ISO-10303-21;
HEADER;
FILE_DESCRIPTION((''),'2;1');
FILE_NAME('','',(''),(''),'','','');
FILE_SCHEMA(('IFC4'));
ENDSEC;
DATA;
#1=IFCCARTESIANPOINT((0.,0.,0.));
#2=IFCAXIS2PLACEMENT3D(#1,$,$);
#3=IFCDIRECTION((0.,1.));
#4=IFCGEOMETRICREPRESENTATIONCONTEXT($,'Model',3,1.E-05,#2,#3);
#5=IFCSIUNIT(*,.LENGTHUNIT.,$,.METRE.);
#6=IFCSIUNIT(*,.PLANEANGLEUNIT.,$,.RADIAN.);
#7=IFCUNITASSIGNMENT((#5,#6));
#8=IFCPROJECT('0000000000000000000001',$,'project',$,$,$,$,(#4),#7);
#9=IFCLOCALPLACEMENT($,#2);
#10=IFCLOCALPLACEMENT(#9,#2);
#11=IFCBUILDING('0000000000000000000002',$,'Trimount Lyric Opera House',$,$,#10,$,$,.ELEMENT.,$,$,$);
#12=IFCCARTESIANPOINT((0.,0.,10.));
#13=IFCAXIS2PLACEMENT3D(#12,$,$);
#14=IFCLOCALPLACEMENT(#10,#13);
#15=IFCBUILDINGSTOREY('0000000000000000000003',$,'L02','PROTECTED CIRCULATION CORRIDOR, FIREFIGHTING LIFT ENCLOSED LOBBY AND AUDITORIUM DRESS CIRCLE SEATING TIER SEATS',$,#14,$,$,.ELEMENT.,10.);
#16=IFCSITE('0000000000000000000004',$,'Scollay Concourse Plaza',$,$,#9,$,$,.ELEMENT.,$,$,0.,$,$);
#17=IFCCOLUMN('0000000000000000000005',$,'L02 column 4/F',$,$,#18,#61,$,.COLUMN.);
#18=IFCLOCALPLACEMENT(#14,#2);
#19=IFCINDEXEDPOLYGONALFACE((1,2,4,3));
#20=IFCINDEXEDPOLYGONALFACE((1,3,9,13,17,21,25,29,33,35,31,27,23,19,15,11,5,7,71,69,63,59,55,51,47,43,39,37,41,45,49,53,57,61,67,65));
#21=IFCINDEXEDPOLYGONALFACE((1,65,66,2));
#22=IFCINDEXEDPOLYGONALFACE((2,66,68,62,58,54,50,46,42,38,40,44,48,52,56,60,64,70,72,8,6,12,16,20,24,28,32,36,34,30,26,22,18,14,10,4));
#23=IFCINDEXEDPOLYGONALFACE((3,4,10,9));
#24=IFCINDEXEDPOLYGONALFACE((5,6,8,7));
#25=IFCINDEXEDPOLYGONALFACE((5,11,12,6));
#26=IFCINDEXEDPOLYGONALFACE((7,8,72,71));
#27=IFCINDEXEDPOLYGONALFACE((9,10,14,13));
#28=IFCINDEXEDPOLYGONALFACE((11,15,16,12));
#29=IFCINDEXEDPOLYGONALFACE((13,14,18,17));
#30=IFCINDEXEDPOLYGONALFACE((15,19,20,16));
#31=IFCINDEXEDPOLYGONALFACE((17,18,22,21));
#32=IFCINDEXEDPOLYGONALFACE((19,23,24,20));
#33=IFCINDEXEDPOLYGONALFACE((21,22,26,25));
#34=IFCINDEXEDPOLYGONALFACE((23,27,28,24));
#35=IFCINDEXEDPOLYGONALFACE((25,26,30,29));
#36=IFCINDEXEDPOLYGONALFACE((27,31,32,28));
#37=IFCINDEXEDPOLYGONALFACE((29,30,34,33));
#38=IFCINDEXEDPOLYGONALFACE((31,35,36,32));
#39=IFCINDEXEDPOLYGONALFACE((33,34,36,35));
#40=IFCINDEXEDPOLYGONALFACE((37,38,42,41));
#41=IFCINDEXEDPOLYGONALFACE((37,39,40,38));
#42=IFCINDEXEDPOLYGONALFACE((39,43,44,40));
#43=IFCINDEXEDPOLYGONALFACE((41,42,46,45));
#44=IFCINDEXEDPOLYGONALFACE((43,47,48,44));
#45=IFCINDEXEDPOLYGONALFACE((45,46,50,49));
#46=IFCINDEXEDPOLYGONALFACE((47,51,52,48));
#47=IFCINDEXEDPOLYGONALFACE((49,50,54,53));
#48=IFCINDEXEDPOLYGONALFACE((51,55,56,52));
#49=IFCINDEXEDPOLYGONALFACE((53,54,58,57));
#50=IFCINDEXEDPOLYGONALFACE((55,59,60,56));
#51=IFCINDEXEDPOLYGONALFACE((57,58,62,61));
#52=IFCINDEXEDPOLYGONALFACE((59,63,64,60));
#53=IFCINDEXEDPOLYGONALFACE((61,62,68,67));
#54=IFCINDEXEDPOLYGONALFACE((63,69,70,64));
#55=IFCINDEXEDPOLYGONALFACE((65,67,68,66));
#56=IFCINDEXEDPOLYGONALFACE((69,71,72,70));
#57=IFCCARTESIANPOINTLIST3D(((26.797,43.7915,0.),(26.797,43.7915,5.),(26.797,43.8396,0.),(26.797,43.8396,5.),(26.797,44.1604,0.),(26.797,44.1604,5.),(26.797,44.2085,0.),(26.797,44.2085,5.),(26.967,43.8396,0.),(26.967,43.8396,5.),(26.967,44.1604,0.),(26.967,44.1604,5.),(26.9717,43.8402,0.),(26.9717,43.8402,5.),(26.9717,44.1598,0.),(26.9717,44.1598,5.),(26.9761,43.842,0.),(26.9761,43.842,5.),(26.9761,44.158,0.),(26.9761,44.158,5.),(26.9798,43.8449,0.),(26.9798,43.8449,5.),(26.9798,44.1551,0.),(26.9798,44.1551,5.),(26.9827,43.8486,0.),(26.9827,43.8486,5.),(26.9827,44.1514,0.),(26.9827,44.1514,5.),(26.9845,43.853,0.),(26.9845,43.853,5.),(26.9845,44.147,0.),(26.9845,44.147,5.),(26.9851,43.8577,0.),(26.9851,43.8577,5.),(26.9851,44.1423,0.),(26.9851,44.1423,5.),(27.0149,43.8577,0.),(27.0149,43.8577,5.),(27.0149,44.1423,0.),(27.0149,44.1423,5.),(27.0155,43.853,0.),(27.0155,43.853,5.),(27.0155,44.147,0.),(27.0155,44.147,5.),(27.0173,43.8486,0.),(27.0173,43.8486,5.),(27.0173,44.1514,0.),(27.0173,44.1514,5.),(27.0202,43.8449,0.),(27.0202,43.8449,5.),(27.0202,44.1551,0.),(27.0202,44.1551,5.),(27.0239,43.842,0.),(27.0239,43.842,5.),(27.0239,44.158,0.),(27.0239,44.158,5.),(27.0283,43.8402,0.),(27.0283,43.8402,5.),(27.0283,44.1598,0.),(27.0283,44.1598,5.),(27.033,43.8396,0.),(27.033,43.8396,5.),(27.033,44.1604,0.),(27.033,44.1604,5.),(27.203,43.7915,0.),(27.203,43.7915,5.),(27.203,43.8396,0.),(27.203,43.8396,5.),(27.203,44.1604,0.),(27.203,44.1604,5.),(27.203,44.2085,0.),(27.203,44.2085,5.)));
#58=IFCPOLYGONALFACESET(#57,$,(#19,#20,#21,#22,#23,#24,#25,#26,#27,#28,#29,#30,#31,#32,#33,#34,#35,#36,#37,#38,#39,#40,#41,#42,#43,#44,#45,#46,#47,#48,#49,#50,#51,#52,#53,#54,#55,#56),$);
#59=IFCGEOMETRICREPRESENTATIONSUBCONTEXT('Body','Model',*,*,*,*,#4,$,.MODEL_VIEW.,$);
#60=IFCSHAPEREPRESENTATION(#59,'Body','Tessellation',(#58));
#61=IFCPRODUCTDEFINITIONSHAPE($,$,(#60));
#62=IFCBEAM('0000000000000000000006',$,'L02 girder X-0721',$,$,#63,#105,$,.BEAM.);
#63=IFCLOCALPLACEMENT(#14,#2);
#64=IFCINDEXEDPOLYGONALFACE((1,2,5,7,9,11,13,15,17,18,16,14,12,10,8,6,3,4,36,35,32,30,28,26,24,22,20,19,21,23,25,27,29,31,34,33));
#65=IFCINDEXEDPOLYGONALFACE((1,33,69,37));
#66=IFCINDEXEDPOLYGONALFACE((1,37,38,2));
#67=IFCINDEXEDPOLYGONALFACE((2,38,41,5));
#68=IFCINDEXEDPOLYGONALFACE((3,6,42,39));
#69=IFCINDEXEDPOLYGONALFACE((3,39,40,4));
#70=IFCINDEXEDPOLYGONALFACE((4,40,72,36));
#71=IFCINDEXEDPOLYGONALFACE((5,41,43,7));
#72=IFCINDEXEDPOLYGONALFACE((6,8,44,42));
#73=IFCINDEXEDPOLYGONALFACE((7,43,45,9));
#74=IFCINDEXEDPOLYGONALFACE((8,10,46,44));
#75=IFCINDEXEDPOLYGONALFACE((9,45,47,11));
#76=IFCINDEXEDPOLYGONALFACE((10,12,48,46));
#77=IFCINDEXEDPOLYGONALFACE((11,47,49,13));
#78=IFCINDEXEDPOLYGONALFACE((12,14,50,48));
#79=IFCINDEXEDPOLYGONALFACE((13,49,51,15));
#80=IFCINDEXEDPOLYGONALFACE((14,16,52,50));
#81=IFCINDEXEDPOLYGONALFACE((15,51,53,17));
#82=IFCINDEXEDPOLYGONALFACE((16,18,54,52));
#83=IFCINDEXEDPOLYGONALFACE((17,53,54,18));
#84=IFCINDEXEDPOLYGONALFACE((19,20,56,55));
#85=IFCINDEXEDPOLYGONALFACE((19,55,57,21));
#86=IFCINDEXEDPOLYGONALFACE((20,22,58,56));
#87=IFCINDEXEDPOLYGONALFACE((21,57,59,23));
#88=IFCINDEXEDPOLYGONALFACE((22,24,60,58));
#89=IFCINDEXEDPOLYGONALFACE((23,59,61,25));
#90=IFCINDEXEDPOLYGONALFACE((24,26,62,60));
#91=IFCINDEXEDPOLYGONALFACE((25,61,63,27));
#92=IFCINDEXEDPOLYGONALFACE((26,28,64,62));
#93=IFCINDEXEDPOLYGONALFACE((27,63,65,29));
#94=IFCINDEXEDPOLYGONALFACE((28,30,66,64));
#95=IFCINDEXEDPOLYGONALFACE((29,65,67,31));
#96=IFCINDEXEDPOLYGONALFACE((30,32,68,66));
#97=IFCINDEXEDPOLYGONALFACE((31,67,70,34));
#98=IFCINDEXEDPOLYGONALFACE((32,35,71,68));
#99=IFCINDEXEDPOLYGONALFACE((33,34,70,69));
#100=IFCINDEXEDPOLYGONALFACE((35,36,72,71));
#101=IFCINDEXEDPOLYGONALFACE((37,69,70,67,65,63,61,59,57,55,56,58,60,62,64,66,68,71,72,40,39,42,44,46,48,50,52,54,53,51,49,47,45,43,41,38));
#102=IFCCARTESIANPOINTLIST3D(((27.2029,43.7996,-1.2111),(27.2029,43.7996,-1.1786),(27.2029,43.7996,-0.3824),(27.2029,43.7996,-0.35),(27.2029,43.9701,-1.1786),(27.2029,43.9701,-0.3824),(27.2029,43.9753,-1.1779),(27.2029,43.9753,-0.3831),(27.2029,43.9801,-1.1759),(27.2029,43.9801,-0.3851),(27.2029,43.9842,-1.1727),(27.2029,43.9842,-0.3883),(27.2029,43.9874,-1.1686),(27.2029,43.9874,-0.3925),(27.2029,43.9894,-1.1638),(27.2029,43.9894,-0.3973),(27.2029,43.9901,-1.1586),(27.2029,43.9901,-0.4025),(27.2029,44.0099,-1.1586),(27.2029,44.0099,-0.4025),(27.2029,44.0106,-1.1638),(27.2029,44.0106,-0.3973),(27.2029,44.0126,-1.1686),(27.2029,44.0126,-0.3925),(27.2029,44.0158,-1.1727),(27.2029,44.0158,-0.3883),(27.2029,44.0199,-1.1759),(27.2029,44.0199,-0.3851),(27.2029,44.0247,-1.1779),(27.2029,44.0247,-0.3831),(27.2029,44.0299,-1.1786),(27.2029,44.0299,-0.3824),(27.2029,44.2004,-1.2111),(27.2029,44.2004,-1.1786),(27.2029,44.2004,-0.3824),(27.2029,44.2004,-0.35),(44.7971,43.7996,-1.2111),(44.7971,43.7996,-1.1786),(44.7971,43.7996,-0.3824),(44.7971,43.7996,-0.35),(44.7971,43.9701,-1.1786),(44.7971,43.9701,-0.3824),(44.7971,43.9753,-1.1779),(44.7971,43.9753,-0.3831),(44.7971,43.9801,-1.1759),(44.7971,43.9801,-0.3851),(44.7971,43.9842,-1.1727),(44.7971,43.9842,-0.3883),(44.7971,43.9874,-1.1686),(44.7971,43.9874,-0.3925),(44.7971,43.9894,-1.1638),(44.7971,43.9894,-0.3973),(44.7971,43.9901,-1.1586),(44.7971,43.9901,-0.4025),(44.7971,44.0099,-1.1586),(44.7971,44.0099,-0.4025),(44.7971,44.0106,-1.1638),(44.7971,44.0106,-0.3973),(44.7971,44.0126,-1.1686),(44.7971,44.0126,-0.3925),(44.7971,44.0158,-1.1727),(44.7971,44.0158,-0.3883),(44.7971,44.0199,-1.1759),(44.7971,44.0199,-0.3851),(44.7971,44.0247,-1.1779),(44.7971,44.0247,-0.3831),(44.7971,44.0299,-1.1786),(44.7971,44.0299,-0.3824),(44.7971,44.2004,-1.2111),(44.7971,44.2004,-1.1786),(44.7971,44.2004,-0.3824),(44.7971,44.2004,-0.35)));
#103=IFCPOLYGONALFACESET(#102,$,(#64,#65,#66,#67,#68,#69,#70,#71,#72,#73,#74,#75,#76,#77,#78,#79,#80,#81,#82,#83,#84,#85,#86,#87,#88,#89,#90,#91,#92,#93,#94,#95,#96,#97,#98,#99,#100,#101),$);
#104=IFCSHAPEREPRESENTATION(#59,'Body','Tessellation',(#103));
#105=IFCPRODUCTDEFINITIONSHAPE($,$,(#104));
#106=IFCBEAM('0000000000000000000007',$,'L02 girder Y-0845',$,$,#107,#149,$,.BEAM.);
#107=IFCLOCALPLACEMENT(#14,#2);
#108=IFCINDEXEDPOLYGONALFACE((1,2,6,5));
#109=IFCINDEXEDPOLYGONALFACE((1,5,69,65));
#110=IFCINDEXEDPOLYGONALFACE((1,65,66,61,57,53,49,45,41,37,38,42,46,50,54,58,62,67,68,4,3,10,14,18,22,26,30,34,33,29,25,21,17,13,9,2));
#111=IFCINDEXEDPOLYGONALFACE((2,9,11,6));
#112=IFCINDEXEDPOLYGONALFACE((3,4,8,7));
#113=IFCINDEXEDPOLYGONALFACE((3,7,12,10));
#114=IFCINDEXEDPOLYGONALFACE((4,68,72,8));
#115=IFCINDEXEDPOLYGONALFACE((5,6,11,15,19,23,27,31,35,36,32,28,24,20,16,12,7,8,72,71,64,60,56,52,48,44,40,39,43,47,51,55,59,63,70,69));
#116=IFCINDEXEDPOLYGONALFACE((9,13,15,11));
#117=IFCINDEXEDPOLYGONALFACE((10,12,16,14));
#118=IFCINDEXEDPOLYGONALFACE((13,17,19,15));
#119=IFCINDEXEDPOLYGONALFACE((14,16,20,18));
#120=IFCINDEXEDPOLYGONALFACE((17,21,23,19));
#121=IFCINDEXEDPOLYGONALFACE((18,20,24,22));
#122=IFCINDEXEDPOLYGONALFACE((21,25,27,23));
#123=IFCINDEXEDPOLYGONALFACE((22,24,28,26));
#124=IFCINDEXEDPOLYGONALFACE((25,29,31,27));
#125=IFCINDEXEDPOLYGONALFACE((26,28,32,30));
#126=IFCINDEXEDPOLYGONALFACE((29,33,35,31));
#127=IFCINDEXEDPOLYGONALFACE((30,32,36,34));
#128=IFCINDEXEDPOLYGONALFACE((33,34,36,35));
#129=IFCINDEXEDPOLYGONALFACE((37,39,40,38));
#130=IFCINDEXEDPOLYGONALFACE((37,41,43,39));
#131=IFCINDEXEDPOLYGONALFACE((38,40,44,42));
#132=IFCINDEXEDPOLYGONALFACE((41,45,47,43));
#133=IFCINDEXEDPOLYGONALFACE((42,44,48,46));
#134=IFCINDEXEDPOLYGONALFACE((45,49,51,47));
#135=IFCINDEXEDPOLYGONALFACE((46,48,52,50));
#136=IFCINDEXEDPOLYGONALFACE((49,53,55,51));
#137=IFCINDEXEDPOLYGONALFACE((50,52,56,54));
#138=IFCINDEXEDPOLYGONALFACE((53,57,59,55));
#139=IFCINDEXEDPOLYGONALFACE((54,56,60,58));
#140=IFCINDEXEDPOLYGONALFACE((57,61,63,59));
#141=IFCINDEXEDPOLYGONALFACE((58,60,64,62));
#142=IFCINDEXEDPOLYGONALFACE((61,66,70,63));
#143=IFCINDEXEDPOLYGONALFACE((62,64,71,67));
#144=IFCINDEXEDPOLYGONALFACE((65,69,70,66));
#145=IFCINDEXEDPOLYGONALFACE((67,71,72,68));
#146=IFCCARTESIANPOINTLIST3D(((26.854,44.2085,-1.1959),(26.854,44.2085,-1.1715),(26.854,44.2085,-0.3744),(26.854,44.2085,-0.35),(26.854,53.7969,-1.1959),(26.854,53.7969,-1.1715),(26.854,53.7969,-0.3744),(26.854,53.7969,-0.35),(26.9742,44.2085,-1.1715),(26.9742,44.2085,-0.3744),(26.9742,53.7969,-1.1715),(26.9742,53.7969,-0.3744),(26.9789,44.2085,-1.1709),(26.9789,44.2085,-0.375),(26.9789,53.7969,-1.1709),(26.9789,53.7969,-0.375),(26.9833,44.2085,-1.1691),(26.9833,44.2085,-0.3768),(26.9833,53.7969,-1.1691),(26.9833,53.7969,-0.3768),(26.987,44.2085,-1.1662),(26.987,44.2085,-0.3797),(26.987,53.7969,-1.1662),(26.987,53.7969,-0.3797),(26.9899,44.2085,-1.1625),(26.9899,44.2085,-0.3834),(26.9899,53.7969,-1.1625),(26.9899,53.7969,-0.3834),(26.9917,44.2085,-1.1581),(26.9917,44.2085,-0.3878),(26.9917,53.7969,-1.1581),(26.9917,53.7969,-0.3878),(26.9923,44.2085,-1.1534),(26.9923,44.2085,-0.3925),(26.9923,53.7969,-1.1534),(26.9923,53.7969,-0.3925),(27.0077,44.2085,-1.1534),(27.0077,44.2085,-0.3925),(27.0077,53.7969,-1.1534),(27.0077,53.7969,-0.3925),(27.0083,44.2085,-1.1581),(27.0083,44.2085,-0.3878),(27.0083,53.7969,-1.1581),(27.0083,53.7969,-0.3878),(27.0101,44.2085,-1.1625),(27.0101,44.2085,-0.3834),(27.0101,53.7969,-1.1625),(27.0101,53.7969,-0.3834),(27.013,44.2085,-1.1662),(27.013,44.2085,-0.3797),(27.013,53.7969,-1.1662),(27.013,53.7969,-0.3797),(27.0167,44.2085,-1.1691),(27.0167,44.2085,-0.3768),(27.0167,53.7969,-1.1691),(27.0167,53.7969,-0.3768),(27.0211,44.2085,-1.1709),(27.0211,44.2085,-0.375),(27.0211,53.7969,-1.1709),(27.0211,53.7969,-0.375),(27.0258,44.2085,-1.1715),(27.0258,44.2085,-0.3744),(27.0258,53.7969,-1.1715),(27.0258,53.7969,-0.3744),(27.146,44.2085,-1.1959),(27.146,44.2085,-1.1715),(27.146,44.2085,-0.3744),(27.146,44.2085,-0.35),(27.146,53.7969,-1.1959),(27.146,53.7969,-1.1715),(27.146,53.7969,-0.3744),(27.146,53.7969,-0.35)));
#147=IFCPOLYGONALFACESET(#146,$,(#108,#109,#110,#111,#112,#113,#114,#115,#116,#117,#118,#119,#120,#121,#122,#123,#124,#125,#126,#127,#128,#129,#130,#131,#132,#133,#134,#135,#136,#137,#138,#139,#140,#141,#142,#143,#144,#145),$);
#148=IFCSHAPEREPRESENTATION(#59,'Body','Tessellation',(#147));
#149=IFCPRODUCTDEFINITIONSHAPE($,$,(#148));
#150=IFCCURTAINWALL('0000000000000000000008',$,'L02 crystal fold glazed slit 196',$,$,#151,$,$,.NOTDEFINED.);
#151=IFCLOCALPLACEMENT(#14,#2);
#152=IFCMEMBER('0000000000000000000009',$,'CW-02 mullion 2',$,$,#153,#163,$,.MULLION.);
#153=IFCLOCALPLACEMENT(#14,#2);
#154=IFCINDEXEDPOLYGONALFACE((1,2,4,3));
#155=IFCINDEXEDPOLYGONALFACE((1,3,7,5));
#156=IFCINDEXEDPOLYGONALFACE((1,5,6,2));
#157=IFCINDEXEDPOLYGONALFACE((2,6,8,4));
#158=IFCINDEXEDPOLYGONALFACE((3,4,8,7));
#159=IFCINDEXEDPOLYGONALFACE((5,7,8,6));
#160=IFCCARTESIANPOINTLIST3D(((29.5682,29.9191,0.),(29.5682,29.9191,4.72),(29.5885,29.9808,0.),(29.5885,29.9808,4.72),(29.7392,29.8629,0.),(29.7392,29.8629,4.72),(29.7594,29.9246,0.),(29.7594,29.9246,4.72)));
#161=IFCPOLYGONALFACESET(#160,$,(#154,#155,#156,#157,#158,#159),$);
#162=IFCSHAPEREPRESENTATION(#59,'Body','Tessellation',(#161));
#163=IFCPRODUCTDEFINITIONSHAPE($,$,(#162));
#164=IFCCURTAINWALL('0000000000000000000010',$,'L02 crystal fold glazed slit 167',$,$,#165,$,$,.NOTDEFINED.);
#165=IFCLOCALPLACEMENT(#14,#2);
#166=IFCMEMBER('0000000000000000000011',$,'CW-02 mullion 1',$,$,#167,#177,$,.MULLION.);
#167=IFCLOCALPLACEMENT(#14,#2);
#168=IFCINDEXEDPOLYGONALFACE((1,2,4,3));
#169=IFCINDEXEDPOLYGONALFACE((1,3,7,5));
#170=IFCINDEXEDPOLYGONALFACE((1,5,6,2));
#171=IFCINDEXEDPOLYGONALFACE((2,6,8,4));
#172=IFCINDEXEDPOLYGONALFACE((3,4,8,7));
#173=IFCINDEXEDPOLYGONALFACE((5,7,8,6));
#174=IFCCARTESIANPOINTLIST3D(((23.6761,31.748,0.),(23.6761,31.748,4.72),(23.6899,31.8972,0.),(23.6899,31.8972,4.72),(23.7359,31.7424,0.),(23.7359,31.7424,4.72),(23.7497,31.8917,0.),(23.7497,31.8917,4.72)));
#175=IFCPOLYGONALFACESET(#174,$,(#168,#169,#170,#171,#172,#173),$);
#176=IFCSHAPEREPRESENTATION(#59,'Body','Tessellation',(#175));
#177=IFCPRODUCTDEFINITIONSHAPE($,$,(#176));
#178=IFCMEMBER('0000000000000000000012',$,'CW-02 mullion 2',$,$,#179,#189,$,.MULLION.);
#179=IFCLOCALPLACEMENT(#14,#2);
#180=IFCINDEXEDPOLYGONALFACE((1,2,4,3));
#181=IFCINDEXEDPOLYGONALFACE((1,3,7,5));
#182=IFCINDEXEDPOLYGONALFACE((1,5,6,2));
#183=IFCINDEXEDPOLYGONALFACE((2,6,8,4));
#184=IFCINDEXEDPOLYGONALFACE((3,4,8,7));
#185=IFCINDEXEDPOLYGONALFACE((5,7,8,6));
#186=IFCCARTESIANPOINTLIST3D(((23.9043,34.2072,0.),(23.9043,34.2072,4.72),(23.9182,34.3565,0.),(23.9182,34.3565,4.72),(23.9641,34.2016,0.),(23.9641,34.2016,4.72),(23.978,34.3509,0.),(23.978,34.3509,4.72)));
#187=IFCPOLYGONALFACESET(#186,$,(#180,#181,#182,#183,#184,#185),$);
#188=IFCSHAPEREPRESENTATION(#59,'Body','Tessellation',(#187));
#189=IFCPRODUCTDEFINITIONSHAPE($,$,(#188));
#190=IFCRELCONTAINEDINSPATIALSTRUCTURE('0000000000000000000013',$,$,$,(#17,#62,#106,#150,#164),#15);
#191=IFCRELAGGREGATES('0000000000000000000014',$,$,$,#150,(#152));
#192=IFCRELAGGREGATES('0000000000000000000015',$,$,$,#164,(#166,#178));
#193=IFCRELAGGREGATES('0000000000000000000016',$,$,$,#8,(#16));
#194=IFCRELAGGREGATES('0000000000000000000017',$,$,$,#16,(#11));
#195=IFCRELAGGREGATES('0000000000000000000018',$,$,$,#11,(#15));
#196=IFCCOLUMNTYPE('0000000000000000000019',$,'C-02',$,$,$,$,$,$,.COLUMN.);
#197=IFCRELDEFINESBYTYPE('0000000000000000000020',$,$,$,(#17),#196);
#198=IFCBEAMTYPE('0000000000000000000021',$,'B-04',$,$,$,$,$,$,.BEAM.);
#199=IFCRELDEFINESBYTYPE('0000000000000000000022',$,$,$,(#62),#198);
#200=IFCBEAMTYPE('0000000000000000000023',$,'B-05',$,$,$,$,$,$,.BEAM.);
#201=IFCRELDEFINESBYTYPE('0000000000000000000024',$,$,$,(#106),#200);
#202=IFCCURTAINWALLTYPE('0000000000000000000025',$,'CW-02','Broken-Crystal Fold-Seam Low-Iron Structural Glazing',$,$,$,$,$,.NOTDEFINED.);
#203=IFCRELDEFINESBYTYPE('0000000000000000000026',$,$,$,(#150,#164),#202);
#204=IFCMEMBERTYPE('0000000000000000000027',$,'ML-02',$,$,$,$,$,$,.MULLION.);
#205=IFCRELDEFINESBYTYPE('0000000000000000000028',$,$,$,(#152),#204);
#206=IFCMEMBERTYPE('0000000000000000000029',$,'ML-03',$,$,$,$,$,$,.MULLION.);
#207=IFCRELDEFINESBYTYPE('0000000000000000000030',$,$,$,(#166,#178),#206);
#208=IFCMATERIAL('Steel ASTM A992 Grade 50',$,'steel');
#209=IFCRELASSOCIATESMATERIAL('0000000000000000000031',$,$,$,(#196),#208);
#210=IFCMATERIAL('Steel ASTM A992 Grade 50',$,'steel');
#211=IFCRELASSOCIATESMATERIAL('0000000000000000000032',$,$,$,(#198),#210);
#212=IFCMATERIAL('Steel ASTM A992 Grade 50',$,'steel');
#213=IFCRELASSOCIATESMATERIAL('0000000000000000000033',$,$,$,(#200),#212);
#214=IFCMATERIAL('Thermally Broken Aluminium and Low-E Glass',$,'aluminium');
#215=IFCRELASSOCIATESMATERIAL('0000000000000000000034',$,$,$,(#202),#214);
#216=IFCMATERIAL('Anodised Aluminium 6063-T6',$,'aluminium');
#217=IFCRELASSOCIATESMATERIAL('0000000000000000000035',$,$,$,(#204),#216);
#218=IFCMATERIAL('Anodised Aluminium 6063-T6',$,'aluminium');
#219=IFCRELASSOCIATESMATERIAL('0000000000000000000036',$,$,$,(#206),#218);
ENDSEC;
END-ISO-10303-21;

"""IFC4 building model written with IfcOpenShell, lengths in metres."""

from ifc_helpers import new_model, si_unit, direction, frame, origin, origin_2d, place, context, subcontext, project, spatial, rectangle, i_section, extrude, material, material_profile, profile_set, type_object, element, aggregate, save


model = new_model("IFC4")

# Units and contexts
model_context = context("Model", 3, precision=1e-05, world=origin(), true_north=direction((0.0, 1.0)))
body_context = subcontext(model_context, "Body", "Model", "MODEL_VIEW")
ifc_project = project(units=[si_unit("LENGTHUNIT", "METRE"), si_unit("PLANEANGLEUNIT", "RADIAN")], contexts=[model_context])

# Site, building, storey
site_placement = place(None, origin())
site = spatial("IfcSite", under=ifc_project, at=site_placement, Name="Scollay Concourse Plaza", CompositionType="ELEMENT", RefElevation=0.0)
building_placement = place(site_placement, origin())
building = spatial("IfcBuilding", under=site, at=building_placement, Name="Trimount Lyric Opera House", CompositionType="ELEMENT")
storey_placement = place(building_placement, frame((0.0, 0.0, 10.0)))
storey = spatial("IfcBuildingStorey", under=building, at=storey_placement, Name="L02", Description="PROTECTED CIRCULATION CORRIDOR, FIREFIGHTING LIFT ENCLOSED LOBBY AND AUDITORIUM DRESS CIRCLE SEATING TIER SEATS", CompositionType="ELEMENT", Elevation=10.0)

# Column
ifc_material_1 = material(Name="Steel ASTM A992 Grade 50", Category="steel")
ifc_material_profile_1 = material_profile(ifc_material_1, i_section(OverallWidth=0.406, OverallDepth=0.417, WebThickness=0.0298, FlangeThickness=0.0481, FilletRadius=0.0181, at=origin_2d()), Name="W14X257")
ifc_profile_set_1 = profile_set([ifc_material_profile_1], Name="Steel ASTM A992 Grade 50")
column_type = type_object("IfcColumnType", Name="C-02", PredefinedType="COLUMN", material=ifc_profile_set_1)
column_placement = place(storey_placement, frame((27.0, 44.0, 0.0), z_axis=(0.0, 0.0, 1.0), x_axis=(1.0, 0.0, 0.0)))
element("IfcColumn", 1, at=column_placement, inside=storey, type_object=column_type, Name="L02 column 4/F", PredefinedType="COLUMN", context=body_context, shape_type="SweptSolid", body=[
    extrude(i_section(OverallWidth=0.406, OverallDepth=0.417, WebThickness=0.0298, FlangeThickness=0.0481, FilletRadius=0.0181, at=origin_2d()), origin(), (0.0, 0.0, 1.0), 5.0),
])

# Beams
ifc_material_2 = material(Name="Steel ASTM A992 Grade 50", Category="steel")
ifc_material_profile_2 = material_profile(ifc_material_2, i_section(OverallWidth=0.4009, OverallDepth=0.8611, WebThickness=0.0198, FlangeThickness=0.0325, FilletRadius=0.02, at=origin_2d()), Name="W33X221")
ifc_profile_set_2 = profile_set([ifc_material_profile_2], Name="Steel ASTM A992 Grade 50")
beam_type_1 = type_object("IfcBeamType", Name="B-04", PredefinedType="BEAM", material=ifc_profile_set_2)
beam_1_placement = place(storey_placement, frame((27.2029, 44.0, -0.7805), z_axis=(1.0, 0.0, 0.0), x_axis=(0.0, 1.0, 0.0)))
element("IfcBeam", 2, at=beam_1_placement, inside=storey, type_object=beam_type_1, Name="L02 girder X-0721", PredefinedType="BEAM", context=body_context, shape_type="SweptSolid", body=[
    extrude(i_section(OverallWidth=0.4009, OverallDepth=0.8611, WebThickness=0.0198, FlangeThickness=0.0325, FilletRadius=0.02, at=origin_2d()), origin(), (0.0, 0.0, 1.0), 17.5942),
])
ifc_material_3 = material(Name="Steel ASTM A992 Grade 50", Category="steel")
ifc_material_profile_3 = material_profile(ifc_material_3, i_section(OverallWidth=0.292, OverallDepth=0.8459, WebThickness=0.0154, FlangeThickness=0.0244, FilletRadius=0.0181, at=origin_2d()), Name="W33X141")
ifc_profile_set_3 = profile_set([ifc_material_profile_3], Name="Steel ASTM A992 Grade 50")
beam_type_2 = type_object("IfcBeamType", Name="B-05", PredefinedType="BEAM", material=ifc_profile_set_3)
beam_2_placement = place(storey_placement, frame((27.0, 44.2085, -0.7729), z_axis=(0.0, 1.0, 0.0), x_axis=(-1.0, 0.0, 0.0)))
element("IfcBeam", 3, at=beam_2_placement, inside=storey, type_object=beam_type_2, Name="L02 girder Y-0845", PredefinedType="BEAM", context=body_context, shape_type="SweptSolid", body=[
    extrude(i_section(OverallWidth=0.292, OverallDepth=0.8459, WebThickness=0.0154, FlangeThickness=0.0244, FilletRadius=0.0181, at=origin_2d()), origin(), (0.0, 0.0, 1.0), 9.5884),
])

# Curtain wall, member
ifc_material_4 = material(Name="Thermally Broken Aluminium and Low-E Glass", Category="aluminium")
curtain_wall_type = type_object("IfcCurtainWallType", Name="CW-02", Description="Broken-Crystal Fold-Seam Low-Iron Structural Glazing", PredefinedType="NOTDEFINED", material=ifc_material_4)
curtain_wall_1_placement = place(storey_placement, origin())
curtain_wall_1 = element("IfcCurtainWall", 4, at=curtain_wall_1_placement, inside=storey, type_object=curtain_wall_type, Name="L02 crystal fold glazed slit 196", PredefinedType="NOTDEFINED")
ifc_material_5 = material(Name="Anodised Aluminium 6063-T6", Category="aluminium")
ifc_material_profile_4 = material_profile(ifc_material_5, rectangle(XDim=0.0649, YDim=0.1799, at=origin_2d()), Name="ALU-MULL-65X180")
ifc_profile_set_4 = profile_set([ifc_material_profile_4], Name="Anodised Aluminium 6063-T6")
member_type_1 = type_object("IfcMemberType", Name="ML-02", PredefinedType="MULLION", material=ifc_profile_set_4)
member_1_placement = place(storey_placement, frame((29.6638, 29.9219, 0.0), z_axis=(0.0, 0.0, 1.0), x_axis=(-0.312125, -0.950041, 0.0)))
member_1 = element("IfcMember", 5, at=member_1_placement, type_object=member_type_1, Name="CW-02 mullion 2", PredefinedType="MULLION", context=body_context, shape_type="SweptSolid", body=[
    extrude(rectangle(XDim=0.0649, YDim=0.1799, at=origin_2d()), origin(), (0.0, 0.0, 1.0), 4.72),
])
aggregate(curtain_wall_1, [member_1])

# Curtain wall, members
curtain_wall_2_placement = place(storey_placement, origin())
curtain_wall_2 = element("IfcCurtainWall", 6, at=curtain_wall_2_placement, inside=storey, type_object=curtain_wall_type, Name="L02 crystal fold glazed slit 167", PredefinedType="NOTDEFINED")
ifc_material_6 = material(Name="Anodised Aluminium 6063-T6", Category="aluminium")
ifc_material_profile_5 = material_profile(ifc_material_6, rectangle(XDim=0.0601, YDim=0.1499, at=origin_2d()), Name="ALU-MULL-60X150")
ifc_profile_set_5 = profile_set([ifc_material_profile_5], Name="Anodised Aluminium 6063-T6")
member_type_2 = type_object("IfcMemberType", Name="ML-03", PredefinedType="MULLION", material=ifc_profile_set_5)
member_2_placement = place(storey_placement, frame((23.7129, 31.8198, 0.0), z_axis=(0.0, 0.0, 1.0), x_axis=(-0.995713, 0.092496, 0.0)))
member_2 = element("IfcMember", 7, at=member_2_placement, type_object=member_type_2, Name="CW-02 mullion 1", PredefinedType="MULLION", context=body_context, shape_type="SweptSolid", body=[
    extrude(rectangle(XDim=0.0601, YDim=0.1499, at=origin_2d()), origin(), (0.0, 0.0, 1.0), 4.72),
])
member_3_placement = place(storey_placement, frame((23.9412, 34.2791, 0.0), z_axis=(0.0, 0.0, 1.0), x_axis=(-0.995713, 0.092496, 0.0)))
member_3 = element("IfcMember", 8, at=member_3_placement, type_object=member_type_2, Name="CW-02 mullion 2", PredefinedType="MULLION", context=body_context, shape_type="SweptSolid", body=[
    extrude(rectangle(XDim=0.0601, YDim=0.1499, at=origin_2d()), origin(), (0.0, 0.0, 1.0), 4.72),
])

aggregate(curtain_wall_2, [member_2, member_3])

save(model, "model.ifc")
